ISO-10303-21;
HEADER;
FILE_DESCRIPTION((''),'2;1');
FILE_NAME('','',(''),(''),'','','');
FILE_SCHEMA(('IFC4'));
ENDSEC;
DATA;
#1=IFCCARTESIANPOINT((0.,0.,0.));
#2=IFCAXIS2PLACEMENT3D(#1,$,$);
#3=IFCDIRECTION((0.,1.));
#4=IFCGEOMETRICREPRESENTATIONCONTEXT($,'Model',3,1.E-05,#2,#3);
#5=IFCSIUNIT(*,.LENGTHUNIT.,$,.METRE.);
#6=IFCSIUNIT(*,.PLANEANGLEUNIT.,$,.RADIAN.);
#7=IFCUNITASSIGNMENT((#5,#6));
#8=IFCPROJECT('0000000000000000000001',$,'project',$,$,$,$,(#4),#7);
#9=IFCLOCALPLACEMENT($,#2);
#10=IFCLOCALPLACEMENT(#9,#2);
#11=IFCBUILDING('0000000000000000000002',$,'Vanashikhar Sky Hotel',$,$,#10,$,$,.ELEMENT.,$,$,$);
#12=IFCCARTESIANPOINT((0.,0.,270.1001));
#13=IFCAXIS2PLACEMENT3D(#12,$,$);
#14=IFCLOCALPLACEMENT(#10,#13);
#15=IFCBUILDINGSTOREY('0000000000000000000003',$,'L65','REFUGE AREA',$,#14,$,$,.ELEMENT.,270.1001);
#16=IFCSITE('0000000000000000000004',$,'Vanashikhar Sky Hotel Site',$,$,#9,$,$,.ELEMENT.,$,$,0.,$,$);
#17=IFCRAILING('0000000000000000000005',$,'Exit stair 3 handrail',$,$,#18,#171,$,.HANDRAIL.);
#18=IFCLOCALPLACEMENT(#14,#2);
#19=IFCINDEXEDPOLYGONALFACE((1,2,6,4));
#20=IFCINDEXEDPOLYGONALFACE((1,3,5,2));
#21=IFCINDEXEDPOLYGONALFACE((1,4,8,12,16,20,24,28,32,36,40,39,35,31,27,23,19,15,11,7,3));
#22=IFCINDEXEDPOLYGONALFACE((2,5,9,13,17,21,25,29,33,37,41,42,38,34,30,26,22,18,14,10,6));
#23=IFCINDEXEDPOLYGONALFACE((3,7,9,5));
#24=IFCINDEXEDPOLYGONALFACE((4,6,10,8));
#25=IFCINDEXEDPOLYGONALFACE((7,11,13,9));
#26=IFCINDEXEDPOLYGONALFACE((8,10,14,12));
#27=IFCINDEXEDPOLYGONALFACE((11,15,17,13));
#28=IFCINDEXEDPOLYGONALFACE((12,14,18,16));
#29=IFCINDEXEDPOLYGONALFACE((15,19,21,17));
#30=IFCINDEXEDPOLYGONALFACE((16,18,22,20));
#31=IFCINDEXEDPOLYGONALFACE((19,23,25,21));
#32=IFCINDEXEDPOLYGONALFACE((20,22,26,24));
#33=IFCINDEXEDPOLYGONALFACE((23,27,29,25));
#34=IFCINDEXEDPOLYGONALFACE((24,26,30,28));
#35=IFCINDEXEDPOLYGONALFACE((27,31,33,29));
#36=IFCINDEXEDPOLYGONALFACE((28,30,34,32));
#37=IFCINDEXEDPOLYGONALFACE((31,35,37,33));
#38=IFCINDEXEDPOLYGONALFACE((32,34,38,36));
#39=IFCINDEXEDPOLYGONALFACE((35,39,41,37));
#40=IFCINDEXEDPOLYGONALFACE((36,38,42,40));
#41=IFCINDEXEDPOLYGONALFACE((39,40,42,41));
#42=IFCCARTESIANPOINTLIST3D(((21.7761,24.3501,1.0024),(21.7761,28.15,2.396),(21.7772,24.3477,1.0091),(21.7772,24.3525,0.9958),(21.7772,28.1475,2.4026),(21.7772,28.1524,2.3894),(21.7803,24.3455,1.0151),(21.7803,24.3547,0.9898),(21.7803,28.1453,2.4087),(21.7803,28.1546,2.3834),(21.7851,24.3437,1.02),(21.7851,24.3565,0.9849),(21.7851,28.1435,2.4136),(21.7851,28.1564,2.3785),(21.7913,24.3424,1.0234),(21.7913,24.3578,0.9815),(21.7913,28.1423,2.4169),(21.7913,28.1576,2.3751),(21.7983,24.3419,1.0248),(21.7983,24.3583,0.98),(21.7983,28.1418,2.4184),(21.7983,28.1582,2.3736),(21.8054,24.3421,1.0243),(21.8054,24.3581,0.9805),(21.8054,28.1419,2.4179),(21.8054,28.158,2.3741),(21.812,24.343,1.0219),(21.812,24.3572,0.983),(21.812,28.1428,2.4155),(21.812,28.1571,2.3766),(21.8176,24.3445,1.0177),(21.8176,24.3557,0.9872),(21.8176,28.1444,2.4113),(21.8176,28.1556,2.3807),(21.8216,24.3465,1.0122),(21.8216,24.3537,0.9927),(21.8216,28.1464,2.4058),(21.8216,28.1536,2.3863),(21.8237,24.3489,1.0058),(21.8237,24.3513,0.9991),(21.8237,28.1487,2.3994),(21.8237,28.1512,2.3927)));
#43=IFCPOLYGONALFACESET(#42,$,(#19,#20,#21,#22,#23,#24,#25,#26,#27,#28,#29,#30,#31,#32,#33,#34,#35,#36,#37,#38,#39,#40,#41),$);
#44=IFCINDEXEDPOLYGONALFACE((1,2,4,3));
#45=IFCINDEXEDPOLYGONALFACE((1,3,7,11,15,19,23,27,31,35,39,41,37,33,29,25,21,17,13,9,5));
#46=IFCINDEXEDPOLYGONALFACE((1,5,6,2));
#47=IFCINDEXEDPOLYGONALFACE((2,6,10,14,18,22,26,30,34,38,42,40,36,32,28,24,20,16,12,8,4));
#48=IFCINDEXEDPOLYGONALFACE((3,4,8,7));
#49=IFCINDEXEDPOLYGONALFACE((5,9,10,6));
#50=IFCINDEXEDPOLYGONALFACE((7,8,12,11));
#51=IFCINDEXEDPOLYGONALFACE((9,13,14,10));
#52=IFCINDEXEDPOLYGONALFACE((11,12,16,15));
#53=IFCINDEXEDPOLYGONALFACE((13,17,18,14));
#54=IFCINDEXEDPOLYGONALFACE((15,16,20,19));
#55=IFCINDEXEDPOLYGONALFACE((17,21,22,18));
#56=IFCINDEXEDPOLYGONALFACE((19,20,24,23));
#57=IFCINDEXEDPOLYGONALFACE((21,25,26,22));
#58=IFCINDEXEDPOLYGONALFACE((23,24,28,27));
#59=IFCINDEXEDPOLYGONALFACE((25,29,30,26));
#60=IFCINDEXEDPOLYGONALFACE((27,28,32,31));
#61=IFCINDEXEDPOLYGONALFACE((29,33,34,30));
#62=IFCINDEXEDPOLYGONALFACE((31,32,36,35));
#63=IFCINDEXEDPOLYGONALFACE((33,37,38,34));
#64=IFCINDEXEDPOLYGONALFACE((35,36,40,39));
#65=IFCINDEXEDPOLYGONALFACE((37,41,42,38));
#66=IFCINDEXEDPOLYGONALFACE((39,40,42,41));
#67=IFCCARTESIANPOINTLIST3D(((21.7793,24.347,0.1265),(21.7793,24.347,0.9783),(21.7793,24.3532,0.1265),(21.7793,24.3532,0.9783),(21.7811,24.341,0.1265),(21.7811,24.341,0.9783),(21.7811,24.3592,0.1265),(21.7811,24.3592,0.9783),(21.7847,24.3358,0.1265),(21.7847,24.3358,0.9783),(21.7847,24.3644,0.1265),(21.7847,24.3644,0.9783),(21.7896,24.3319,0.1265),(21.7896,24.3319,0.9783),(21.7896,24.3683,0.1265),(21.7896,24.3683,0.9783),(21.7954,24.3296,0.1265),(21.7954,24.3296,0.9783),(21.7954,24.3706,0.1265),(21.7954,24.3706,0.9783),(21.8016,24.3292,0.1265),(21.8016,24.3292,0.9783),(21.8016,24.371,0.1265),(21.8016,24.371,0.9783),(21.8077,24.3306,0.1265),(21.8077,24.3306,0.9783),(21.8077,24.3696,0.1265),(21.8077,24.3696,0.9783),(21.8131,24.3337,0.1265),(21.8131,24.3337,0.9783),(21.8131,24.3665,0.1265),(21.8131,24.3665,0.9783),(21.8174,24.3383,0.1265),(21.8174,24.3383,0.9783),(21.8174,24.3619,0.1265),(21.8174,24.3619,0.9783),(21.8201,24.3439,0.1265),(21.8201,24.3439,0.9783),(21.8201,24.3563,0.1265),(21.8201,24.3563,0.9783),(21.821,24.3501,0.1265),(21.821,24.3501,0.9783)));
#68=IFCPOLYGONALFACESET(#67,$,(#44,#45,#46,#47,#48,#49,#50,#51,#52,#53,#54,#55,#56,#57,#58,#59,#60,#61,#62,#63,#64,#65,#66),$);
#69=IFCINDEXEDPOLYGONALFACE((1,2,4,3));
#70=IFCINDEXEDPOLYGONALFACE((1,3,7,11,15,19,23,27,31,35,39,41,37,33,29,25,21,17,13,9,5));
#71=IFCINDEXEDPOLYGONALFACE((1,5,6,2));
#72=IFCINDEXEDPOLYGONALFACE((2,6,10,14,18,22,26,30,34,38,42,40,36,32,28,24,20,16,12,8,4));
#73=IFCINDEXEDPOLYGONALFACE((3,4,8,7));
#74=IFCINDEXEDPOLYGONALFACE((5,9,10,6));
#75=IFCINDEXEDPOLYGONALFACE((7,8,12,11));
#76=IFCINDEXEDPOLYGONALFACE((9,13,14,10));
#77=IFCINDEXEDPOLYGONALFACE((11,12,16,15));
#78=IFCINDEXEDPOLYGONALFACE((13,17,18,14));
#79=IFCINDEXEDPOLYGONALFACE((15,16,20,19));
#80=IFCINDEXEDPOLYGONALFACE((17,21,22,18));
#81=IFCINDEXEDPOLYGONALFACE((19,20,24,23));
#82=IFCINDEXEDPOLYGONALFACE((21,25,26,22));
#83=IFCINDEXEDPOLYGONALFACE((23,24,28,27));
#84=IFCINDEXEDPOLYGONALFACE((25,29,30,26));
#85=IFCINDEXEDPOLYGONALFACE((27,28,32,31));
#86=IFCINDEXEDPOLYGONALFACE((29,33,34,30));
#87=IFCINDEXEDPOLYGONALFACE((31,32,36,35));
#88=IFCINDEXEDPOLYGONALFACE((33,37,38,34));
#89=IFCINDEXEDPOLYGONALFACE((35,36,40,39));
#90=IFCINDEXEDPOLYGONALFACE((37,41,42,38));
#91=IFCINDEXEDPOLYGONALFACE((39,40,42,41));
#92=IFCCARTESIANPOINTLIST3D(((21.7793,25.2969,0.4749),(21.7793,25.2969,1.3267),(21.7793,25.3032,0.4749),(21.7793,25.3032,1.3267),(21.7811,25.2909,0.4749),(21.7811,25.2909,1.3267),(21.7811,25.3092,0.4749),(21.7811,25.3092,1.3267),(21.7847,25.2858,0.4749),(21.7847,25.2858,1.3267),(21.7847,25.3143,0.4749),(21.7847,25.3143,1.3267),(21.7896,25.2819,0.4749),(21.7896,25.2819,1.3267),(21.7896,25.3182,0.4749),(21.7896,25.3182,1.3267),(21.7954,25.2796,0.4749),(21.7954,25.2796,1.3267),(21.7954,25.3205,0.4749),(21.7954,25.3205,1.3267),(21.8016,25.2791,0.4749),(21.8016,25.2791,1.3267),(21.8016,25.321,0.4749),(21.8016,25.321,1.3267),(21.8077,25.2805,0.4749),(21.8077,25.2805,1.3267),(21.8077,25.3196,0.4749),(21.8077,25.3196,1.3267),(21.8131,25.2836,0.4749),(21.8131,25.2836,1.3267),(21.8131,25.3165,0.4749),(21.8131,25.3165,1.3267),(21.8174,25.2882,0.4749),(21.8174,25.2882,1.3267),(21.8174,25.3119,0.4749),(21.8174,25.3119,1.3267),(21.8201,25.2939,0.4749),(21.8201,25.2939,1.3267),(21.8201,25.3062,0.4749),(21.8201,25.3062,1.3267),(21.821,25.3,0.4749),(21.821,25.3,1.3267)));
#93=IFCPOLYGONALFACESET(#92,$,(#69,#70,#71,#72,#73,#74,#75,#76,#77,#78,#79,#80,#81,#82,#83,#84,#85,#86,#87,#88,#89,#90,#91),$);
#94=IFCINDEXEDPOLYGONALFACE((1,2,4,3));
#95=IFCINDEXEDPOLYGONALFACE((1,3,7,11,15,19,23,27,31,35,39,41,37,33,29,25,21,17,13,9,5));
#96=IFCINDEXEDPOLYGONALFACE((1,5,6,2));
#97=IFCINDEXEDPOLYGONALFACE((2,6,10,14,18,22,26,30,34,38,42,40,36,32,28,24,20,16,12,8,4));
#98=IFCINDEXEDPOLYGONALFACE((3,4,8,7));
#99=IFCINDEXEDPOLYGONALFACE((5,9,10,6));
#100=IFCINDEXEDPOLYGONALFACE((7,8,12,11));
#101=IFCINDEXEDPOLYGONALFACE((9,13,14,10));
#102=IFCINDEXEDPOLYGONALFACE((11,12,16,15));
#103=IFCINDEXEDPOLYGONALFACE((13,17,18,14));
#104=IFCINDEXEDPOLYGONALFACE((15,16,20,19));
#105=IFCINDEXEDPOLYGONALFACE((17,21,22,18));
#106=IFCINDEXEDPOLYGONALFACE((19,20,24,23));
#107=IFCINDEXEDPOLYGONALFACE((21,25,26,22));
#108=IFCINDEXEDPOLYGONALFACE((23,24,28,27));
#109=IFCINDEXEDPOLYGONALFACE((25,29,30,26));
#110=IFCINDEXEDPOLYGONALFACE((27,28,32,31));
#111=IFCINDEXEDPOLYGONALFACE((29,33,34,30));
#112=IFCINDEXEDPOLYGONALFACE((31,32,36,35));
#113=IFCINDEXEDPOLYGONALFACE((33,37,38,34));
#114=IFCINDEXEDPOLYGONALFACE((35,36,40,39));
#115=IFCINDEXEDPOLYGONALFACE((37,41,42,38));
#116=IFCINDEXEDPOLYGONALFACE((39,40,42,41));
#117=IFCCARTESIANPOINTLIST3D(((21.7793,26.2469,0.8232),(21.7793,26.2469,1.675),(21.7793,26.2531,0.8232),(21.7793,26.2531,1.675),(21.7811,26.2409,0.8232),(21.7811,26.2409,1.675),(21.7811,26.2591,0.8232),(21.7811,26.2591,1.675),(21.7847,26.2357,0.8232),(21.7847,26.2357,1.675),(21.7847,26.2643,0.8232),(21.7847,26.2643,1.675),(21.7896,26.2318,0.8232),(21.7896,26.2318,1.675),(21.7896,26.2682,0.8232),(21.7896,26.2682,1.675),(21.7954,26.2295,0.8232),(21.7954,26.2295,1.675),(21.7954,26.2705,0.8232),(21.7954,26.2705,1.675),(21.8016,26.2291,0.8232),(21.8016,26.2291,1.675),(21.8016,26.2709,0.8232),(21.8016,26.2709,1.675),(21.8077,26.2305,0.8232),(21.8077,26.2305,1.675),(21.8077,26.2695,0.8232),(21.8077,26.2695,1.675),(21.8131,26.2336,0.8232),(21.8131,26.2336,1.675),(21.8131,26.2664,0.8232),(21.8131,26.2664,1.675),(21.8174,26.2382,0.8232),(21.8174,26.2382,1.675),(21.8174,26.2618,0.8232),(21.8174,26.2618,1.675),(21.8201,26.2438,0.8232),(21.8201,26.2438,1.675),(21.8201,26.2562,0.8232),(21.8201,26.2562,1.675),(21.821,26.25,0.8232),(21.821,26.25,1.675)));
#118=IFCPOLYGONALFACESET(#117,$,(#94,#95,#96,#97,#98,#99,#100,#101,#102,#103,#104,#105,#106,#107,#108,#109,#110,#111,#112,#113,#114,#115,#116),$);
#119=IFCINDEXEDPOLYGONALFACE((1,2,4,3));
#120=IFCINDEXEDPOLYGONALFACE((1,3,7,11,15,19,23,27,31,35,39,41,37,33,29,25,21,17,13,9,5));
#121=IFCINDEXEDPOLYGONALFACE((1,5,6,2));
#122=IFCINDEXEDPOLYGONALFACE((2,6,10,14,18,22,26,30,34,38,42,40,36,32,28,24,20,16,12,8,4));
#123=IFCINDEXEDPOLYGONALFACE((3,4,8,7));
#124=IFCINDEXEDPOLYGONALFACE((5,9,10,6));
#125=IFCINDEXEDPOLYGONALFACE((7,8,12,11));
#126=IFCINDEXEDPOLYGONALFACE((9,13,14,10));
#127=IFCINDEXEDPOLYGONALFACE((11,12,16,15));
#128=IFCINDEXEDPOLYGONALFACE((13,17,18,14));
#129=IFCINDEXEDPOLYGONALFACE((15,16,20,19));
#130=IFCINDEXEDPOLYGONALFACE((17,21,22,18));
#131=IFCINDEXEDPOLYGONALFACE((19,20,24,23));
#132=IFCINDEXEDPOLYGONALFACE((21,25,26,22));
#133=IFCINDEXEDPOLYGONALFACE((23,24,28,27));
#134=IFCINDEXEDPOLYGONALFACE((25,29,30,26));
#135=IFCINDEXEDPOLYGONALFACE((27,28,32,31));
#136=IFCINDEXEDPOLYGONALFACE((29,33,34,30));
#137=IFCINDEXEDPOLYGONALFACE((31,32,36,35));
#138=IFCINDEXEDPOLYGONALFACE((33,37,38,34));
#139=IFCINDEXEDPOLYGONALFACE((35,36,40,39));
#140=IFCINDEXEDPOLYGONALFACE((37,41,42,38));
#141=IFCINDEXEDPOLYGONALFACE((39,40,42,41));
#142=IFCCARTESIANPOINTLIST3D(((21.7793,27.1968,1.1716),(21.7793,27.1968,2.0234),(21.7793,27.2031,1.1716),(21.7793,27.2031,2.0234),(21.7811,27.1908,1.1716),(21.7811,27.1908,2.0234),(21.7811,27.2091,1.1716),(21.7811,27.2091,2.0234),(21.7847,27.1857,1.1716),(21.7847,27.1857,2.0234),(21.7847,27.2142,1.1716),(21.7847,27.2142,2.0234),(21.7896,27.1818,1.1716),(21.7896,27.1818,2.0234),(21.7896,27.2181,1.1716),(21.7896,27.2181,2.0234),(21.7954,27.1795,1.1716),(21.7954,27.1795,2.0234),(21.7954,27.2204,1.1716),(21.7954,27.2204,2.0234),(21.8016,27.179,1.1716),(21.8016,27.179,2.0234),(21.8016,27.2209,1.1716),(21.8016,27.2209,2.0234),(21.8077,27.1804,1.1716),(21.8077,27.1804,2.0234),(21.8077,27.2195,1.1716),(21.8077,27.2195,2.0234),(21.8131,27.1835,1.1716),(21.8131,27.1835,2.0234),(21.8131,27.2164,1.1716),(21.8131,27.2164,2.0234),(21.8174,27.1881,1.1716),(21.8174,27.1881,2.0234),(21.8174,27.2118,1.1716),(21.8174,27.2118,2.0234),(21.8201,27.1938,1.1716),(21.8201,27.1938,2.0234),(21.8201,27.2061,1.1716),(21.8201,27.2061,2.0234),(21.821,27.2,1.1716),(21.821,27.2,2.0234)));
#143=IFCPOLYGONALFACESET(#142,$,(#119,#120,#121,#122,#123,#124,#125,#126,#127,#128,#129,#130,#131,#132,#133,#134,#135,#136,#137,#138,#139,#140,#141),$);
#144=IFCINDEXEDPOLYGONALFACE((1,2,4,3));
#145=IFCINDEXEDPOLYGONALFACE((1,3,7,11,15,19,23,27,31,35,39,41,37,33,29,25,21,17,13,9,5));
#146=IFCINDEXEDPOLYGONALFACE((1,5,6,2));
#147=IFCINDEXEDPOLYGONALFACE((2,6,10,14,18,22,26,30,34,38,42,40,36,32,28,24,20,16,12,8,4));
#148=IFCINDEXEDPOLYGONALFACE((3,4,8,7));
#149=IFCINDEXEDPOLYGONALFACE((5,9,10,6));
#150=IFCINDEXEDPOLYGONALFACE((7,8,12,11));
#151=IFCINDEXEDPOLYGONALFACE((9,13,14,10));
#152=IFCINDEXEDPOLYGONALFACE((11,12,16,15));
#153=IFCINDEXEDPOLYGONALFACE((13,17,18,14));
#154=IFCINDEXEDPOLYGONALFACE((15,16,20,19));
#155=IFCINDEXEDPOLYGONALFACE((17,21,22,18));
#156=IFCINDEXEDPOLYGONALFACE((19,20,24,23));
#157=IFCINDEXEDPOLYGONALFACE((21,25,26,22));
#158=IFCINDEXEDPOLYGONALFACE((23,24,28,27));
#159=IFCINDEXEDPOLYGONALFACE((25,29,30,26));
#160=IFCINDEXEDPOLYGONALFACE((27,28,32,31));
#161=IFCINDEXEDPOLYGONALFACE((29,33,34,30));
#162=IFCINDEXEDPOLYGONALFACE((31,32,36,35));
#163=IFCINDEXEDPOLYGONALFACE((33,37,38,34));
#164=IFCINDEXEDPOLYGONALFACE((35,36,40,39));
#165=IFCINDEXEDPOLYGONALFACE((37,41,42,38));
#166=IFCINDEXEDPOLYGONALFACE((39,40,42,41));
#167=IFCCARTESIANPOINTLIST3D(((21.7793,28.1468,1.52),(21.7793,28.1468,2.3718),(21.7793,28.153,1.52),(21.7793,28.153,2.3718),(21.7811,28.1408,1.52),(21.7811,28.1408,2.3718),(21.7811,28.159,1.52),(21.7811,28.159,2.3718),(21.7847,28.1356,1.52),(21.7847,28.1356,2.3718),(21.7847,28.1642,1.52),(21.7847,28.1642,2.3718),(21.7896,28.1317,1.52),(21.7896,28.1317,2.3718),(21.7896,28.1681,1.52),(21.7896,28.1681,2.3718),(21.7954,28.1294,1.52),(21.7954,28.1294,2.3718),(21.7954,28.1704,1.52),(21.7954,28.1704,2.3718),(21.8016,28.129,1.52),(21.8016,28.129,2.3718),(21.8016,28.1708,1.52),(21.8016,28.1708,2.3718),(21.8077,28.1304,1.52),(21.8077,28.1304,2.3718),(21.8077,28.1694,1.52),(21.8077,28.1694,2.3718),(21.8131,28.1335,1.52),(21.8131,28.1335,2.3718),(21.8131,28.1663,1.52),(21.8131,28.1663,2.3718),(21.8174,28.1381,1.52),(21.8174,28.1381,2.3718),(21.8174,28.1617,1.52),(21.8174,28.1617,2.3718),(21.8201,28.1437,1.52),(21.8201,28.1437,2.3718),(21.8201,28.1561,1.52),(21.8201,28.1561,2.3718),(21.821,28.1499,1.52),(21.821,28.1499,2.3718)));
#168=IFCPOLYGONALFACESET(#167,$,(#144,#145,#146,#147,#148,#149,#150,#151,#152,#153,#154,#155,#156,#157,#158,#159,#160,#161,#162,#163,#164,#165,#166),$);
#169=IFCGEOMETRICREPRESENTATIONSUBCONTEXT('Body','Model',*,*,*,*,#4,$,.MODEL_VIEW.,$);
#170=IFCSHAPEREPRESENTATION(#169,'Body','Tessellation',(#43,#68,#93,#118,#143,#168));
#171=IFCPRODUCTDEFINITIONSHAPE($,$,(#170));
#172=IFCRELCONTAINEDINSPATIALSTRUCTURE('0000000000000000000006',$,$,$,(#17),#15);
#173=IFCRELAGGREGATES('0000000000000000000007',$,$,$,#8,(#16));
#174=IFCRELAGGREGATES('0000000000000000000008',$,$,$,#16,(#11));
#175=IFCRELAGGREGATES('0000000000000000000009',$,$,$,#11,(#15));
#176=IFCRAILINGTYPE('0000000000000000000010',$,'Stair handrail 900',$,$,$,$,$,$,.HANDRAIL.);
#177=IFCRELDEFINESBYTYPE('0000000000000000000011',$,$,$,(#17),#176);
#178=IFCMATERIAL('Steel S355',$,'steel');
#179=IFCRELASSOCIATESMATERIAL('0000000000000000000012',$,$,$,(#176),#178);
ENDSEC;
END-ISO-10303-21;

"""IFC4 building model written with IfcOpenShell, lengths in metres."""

from ifc_helpers import new_model, si_unit, direction, frame, origin, origin_2d, place, context, subcontext, project, spatial, circle, extrude, source, transform, mapped, material, type_object, element, save


model = new_model("IFC4")

# Units and contexts
model_context = context("Model", 3, precision=1e-05, world=origin(), true_north=direction((0.0, 1.0)))
body_context = subcontext(model_context, "Body", "Model", "MODEL_VIEW")
ifc_project = project(units=[si_unit("LENGTHUNIT", "METRE"), si_unit("PLANEANGLEUNIT", "RADIAN")], contexts=[model_context])

# Site, building, storey
site_placement = place(None, origin())
site = spatial("IfcSite", under=ifc_project, at=site_placement, Name="Vanashikhar Sky Hotel Site", CompositionType="ELEMENT", RefElevation=0.0)
building_placement = place(site_placement, origin())
building = spatial("IfcBuilding", under=site, at=building_placement, Name="Vanashikhar Sky Hotel", CompositionType="ELEMENT")
storey_placement = place(building_placement, frame((0.0, 0.0, 270.1001)))
storey = spatial("IfcBuildingStorey", under=building, at=storey_placement, Name="L65", Description="REFUGE AREA", CompositionType="ELEMENT", Elevation=270.1001)

# Railing
ifc_material_1 = material(Name="Steel S355", Category="steel")
railing_type_1 = type_object("IfcRailingType", Name="Stair handrail 900", PredefinedType="HANDRAIL", material=ifc_material_1)
shared_shape_1 = source(origin(), body_context, "Body", "SweptSolid", [
    extrude(circle(Radius=0.0239, at=origin_2d()), frame((0.0, 0.0, 0.876), z_axis=(0.0, 0.938853, 0.344318), x_axis=(-1.0, 0.0, 0.0)), (0.0, 0.0, 1.0), 4.0474),
    extrude(circle(Radius=0.021, at=origin_2d()), origin(), (0.0, 0.0, 1.0), 0.8518),
    extrude(circle(Radius=0.021, at=origin_2d()), frame((0.0, 0.95, 0.3484)), (0.0, 0.0, 1.0), 0.8518),
    extrude(circle(Radius=0.021, at=origin_2d()), frame((0.0, 1.8999, 0.6968)), (0.0, 0.0, 1.0), 0.8518),
    extrude(circle(Radius=0.021, at=origin_2d()), frame((0.0, 2.8499, 1.0452)), (0.0, 0.0, 1.0), 0.8518),
    extrude(circle(Radius=0.021, at=origin_2d()), frame((0.0, 3.7998, 1.3936)), (0.0, 0.0, 1.0), 0.8518),
])
railing_1_placement = place(storey_placement, frame((21.8, 24.3501, 0.1265)))
element("IfcRailing", 1, at=railing_1_placement, inside=storey, type_object=railing_type_1, Name="Exit stair 3 handrail", PredefinedType="HANDRAIL", context=body_context, shape_type="MappedRepresentation", body=[
    mapped(shared_shape_1, transform((0.0, 0.0, 0.0), scale=1.0)),
])

save(model, "model.ifc")
